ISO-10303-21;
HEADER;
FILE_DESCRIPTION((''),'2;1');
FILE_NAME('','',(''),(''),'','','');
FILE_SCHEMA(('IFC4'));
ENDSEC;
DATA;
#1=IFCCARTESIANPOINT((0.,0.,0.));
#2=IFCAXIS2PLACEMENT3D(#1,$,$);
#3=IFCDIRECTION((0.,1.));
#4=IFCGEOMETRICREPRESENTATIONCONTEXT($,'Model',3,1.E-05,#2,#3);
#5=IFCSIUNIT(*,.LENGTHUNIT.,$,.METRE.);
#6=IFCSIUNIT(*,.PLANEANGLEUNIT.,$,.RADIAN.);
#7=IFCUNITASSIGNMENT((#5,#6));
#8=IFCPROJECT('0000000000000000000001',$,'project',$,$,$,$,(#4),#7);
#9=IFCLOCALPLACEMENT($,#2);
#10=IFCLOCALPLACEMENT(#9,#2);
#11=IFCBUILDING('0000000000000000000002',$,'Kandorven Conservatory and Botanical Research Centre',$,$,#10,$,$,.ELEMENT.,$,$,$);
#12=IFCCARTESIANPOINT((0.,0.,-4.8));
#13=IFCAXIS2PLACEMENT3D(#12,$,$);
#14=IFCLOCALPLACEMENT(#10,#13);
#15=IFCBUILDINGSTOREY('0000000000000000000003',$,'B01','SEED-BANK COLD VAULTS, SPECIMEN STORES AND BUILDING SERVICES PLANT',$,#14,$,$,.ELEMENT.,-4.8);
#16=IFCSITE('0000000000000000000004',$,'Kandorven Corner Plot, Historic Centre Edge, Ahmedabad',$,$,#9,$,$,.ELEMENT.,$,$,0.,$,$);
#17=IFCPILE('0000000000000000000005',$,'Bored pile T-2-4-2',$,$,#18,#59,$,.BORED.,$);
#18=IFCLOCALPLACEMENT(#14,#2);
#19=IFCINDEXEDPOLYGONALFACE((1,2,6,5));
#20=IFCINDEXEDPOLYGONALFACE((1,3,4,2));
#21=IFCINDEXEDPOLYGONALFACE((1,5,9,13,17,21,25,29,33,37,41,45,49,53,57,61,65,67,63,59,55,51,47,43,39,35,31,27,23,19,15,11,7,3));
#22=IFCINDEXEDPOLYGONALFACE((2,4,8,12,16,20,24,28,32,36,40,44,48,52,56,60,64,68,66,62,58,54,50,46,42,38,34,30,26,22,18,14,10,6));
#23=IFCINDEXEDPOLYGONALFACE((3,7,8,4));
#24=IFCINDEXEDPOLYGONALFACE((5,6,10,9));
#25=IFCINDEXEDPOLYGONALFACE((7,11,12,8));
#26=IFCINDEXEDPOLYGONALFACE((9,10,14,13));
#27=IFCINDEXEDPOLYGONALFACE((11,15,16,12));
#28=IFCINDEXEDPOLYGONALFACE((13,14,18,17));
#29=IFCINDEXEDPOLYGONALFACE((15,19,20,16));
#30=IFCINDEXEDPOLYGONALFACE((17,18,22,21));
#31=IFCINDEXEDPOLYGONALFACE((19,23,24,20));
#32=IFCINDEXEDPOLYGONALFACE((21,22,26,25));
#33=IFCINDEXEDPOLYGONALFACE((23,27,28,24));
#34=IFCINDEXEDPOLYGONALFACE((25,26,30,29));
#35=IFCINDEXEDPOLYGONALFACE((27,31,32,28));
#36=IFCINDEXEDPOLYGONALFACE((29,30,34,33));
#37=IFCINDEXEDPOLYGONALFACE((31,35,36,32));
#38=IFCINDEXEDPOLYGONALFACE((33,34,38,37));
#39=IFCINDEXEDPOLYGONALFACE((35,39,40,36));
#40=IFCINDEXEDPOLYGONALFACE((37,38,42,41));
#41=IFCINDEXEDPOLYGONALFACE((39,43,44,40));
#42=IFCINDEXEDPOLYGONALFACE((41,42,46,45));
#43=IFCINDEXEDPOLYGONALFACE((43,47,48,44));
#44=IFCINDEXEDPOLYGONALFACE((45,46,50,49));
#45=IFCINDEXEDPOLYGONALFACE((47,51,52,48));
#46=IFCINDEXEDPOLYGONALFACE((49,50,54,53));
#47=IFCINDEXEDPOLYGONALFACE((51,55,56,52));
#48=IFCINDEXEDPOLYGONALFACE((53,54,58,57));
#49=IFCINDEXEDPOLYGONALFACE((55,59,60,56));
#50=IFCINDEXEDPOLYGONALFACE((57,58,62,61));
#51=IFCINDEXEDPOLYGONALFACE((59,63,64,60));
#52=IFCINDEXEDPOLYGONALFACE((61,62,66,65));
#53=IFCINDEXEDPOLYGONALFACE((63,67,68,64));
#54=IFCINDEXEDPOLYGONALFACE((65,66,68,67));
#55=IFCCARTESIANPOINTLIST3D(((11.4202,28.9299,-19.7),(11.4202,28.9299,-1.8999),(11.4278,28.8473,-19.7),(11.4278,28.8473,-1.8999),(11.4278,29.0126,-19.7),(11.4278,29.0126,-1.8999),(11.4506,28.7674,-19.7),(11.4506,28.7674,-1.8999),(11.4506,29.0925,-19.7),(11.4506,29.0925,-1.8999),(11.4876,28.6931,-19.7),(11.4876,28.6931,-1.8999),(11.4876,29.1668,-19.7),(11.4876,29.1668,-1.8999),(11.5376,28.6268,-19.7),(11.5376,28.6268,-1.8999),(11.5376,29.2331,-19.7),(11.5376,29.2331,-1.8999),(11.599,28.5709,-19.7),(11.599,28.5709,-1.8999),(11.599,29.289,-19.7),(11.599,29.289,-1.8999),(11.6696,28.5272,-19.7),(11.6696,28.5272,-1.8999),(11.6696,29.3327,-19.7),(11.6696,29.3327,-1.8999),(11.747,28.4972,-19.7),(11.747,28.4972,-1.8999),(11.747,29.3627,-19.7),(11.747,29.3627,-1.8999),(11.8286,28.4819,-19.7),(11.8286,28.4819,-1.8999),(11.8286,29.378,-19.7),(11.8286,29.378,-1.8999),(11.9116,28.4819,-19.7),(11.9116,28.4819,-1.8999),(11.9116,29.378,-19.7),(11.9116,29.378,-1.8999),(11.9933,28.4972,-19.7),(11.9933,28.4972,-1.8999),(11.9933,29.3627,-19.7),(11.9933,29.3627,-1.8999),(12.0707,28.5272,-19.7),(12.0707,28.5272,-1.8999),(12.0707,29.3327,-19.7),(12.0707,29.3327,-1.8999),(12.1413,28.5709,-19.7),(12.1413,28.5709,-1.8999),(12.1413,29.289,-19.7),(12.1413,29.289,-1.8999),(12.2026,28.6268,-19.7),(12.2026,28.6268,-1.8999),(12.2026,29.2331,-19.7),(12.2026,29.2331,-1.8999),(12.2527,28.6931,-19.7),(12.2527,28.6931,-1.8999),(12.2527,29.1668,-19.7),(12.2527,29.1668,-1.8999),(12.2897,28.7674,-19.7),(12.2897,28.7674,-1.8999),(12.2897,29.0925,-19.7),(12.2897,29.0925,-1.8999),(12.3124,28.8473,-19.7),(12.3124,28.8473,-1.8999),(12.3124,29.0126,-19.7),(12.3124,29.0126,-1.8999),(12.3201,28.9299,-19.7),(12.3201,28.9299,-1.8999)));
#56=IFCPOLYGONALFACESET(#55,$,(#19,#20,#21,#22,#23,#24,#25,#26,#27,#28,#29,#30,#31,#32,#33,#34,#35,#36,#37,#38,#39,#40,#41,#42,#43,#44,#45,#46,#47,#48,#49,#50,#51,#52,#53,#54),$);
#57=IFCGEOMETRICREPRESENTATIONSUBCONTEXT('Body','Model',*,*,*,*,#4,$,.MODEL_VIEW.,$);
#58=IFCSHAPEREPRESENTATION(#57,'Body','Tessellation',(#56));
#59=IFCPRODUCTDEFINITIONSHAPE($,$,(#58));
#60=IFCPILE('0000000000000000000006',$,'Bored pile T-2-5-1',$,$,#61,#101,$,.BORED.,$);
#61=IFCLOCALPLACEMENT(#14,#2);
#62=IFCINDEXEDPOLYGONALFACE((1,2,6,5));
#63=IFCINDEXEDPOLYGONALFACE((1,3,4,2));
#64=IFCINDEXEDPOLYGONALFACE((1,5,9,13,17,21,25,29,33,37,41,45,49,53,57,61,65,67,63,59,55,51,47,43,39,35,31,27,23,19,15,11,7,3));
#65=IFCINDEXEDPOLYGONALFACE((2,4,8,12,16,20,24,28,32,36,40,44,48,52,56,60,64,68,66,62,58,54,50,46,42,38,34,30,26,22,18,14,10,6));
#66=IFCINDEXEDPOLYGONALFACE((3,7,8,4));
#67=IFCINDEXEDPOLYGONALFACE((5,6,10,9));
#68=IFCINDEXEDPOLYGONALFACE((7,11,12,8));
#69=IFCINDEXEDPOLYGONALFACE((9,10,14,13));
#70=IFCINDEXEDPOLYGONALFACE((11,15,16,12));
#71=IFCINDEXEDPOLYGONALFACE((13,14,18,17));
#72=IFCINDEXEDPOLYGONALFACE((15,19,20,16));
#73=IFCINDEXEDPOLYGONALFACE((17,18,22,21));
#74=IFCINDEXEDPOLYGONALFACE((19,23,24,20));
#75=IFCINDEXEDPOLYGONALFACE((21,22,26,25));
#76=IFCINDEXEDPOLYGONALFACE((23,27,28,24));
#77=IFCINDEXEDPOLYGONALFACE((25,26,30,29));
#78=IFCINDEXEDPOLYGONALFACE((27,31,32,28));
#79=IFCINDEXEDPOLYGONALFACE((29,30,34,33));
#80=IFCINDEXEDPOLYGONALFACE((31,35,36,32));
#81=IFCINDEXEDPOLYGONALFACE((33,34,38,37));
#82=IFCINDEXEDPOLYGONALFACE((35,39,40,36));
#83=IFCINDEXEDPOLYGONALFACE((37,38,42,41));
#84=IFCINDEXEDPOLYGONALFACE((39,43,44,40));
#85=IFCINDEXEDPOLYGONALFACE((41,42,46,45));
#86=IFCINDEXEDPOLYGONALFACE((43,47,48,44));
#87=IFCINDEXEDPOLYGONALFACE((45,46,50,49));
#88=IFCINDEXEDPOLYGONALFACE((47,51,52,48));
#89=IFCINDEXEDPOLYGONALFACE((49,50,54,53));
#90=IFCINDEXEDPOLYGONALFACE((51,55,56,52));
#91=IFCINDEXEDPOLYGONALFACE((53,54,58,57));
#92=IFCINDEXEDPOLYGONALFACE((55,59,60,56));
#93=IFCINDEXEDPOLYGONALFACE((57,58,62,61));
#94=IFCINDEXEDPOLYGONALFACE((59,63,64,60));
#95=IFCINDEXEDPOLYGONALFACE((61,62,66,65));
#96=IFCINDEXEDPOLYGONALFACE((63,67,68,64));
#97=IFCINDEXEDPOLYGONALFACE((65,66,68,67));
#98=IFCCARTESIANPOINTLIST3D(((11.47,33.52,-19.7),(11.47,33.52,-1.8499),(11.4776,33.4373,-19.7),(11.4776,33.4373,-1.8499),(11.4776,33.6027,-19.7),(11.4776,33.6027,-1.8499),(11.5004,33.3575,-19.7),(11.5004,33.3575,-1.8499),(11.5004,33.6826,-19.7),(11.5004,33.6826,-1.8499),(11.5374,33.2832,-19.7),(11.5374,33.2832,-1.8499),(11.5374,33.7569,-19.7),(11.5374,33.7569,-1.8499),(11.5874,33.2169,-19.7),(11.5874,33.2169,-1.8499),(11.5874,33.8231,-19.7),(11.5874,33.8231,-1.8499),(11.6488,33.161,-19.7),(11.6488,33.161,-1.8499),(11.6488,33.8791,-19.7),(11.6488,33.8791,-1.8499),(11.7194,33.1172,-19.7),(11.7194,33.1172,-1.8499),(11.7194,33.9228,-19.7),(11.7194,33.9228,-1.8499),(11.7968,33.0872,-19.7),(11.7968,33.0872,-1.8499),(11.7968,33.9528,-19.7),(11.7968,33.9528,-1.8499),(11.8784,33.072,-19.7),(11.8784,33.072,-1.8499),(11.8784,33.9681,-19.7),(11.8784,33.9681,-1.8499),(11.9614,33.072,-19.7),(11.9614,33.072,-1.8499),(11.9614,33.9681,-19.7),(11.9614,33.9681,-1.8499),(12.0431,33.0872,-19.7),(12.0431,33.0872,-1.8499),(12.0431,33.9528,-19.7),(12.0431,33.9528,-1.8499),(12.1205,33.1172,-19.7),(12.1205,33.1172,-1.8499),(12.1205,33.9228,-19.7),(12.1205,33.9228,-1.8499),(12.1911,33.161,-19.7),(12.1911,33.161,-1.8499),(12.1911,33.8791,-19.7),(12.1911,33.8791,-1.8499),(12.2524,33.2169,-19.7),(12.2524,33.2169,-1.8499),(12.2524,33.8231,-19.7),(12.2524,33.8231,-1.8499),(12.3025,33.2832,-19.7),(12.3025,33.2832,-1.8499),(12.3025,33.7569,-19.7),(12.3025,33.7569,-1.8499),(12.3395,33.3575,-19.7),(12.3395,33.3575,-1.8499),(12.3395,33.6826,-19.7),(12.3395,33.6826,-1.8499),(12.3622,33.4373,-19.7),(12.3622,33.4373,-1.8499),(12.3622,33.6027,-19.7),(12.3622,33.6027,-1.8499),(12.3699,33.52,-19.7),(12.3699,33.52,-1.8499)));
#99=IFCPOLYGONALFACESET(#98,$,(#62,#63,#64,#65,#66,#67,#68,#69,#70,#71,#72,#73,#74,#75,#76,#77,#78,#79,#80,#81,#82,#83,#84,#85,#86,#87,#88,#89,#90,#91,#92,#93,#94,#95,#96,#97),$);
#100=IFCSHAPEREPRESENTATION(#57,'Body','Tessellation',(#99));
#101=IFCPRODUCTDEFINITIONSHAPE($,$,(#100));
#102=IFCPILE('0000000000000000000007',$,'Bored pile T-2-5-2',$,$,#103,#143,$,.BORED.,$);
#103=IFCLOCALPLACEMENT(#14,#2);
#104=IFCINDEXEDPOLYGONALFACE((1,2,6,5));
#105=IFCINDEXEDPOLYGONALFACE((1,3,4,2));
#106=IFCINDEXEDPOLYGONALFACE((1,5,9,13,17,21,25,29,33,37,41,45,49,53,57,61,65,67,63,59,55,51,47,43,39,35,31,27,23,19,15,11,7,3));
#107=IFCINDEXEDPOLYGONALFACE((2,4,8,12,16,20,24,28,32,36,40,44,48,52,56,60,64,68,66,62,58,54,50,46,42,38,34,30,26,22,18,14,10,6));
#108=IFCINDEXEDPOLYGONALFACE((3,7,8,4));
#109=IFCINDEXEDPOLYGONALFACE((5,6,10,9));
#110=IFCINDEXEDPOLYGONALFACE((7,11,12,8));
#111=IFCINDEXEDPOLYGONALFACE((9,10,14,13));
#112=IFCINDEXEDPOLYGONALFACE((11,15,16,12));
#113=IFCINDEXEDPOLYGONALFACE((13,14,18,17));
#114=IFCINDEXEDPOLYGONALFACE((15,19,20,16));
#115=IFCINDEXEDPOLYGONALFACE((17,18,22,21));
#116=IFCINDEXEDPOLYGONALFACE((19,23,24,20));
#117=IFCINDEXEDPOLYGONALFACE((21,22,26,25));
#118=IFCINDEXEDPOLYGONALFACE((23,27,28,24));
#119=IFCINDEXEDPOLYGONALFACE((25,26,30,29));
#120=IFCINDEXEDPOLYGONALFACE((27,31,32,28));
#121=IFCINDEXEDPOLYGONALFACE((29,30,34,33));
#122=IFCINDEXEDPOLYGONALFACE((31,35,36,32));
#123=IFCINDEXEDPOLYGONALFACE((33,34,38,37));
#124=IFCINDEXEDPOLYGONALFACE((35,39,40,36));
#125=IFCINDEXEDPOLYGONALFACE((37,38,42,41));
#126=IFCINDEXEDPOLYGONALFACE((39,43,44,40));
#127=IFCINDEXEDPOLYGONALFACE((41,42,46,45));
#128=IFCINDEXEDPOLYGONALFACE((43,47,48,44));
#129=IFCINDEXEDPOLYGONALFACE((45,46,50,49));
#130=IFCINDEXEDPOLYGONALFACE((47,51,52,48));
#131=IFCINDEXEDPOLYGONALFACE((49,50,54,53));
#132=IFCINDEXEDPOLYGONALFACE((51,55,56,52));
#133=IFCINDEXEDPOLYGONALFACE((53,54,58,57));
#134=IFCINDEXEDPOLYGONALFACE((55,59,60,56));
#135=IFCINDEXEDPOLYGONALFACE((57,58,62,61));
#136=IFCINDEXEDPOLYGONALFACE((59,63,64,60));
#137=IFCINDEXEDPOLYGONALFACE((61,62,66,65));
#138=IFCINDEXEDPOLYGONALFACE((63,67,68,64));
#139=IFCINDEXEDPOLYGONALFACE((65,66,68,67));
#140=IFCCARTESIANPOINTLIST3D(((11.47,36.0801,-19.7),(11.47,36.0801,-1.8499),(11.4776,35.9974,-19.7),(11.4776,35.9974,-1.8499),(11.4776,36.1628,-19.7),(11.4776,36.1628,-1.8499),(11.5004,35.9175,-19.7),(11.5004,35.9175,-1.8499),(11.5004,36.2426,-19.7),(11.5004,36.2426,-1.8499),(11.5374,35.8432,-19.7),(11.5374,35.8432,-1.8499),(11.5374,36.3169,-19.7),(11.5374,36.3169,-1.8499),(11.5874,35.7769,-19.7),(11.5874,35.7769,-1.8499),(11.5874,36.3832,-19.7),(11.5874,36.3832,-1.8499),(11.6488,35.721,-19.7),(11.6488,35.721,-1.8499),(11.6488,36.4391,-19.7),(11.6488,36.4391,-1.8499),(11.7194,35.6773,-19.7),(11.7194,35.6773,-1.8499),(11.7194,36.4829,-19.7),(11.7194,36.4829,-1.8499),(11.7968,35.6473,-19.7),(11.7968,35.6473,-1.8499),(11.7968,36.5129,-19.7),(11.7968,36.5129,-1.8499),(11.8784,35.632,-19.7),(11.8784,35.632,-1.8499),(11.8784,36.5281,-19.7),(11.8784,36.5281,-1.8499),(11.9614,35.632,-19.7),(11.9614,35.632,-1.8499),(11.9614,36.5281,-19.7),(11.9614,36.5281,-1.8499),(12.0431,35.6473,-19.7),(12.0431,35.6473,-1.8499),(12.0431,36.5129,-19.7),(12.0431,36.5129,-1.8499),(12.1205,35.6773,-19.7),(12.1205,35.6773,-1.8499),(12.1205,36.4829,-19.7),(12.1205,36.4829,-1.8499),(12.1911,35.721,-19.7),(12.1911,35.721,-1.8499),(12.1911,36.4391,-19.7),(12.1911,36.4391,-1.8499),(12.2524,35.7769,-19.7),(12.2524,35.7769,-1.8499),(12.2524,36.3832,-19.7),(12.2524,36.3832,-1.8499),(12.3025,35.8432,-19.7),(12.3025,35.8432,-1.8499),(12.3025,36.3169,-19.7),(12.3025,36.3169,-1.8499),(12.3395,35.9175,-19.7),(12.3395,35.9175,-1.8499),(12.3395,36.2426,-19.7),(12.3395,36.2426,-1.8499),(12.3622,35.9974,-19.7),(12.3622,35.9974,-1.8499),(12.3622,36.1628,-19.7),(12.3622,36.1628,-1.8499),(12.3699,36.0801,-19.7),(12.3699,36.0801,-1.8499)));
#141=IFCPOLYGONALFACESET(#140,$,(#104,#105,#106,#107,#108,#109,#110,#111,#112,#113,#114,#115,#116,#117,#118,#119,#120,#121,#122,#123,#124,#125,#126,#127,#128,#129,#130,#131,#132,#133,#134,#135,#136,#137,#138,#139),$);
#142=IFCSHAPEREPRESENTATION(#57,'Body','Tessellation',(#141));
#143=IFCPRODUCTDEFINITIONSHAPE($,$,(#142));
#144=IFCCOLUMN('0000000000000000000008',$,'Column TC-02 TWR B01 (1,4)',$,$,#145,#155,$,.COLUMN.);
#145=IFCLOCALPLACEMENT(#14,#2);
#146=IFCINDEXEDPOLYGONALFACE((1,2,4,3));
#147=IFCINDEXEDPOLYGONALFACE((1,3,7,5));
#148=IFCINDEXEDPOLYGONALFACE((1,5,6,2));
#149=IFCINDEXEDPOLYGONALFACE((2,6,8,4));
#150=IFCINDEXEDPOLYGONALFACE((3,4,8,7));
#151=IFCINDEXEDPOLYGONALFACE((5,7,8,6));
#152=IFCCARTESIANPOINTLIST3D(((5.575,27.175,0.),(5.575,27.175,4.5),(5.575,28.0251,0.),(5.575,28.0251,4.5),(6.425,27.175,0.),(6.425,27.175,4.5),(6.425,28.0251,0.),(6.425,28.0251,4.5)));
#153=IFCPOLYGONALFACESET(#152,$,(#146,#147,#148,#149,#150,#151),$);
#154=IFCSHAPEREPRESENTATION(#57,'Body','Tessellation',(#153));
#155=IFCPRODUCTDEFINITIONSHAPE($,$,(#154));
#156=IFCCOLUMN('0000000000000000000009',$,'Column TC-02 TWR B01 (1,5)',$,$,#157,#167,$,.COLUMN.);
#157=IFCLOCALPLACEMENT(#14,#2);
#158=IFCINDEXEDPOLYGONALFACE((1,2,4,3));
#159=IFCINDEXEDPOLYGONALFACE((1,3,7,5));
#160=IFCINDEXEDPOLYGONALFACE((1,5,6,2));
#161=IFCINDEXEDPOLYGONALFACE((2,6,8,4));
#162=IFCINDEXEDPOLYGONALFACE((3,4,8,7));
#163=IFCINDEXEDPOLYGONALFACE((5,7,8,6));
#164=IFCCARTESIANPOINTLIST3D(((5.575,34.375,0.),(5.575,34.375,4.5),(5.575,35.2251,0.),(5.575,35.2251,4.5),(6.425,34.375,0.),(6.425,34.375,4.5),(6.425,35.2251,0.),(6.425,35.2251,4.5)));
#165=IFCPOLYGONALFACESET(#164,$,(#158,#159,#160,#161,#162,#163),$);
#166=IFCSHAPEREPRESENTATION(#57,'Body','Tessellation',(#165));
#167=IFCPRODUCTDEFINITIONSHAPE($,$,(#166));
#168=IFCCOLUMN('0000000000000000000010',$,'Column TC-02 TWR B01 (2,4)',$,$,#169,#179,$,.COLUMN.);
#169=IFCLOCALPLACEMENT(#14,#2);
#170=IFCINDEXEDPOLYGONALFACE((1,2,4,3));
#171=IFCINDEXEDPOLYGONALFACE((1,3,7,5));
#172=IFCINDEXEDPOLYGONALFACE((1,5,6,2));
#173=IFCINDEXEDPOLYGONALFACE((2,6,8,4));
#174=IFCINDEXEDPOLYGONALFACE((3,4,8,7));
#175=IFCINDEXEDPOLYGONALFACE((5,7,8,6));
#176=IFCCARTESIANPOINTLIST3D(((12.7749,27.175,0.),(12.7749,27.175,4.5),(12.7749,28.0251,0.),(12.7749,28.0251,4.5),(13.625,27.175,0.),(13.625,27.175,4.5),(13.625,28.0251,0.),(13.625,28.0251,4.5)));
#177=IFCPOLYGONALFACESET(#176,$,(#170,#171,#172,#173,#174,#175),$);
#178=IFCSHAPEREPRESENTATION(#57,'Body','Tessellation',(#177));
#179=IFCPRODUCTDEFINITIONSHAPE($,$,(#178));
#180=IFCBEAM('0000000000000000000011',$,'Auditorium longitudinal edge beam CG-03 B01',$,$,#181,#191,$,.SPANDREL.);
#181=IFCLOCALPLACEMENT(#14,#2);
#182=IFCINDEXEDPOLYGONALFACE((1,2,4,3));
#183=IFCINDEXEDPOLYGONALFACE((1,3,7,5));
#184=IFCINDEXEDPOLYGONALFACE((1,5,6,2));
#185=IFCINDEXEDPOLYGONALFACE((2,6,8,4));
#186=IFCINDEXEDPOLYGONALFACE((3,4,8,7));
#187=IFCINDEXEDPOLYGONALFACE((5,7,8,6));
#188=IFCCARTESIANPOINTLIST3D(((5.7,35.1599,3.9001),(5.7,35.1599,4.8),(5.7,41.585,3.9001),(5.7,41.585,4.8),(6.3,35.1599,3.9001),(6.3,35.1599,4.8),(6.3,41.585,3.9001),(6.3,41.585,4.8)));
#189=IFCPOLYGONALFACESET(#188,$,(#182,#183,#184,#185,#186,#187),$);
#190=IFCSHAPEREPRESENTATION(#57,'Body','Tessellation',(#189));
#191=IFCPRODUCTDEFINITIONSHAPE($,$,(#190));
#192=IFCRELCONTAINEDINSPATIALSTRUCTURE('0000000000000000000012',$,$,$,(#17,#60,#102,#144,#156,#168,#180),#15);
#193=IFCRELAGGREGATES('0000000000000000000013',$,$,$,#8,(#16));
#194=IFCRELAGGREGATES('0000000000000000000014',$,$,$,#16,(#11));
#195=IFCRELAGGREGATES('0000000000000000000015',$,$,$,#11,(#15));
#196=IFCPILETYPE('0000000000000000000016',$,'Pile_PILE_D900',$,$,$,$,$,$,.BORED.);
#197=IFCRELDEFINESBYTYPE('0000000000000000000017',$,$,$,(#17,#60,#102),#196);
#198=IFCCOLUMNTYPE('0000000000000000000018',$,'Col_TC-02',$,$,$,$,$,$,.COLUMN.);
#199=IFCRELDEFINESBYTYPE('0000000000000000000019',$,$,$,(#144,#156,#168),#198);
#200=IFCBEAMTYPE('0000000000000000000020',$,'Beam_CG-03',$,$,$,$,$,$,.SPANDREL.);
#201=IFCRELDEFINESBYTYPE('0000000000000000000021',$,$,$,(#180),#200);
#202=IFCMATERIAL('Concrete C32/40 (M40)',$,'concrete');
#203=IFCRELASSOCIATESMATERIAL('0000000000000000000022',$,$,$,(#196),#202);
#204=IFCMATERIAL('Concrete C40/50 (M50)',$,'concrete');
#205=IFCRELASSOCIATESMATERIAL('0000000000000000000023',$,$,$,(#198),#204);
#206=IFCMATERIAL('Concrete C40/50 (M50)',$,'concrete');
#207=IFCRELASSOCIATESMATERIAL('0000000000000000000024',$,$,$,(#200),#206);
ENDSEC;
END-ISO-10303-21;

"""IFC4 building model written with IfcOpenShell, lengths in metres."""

from ifc_helpers import new_model, si_unit, direction, frame, origin, origin_2d, place, context, subcontext, project, spatial, rectangle, circle, extrude, material, material_profile, profile_set, type_object, element, save


model = new_model("IFC4")

# Units and contexts
model_context = context("Model", 3, precision=1e-05, world=origin(), true_north=direction((0.0, 1.0)))
body_context = subcontext(model_context, "Body", "Model", "MODEL_VIEW")
ifc_project = project(units=[si_unit("LENGTHUNIT", "METRE"), si_unit("PLANEANGLEUNIT", "RADIAN")], contexts=[model_context])

# Site, building, storey
site_placement = place(None, origin())
site = spatial("IfcSite", under=ifc_project, at=site_placement, Name="Kandorven Corner Plot, Historic Centre Edge, Ahmedabad", CompositionType="ELEMENT", RefElevation=0.0)
building_placement = place(site_placement, origin())
building = spatial("IfcBuilding", under=site, at=building_placement, Name="Kandorven Conservatory and Botanical Research Centre", CompositionType="ELEMENT")
storey_placement = place(building_placement, frame((0.0, 0.0, -4.8)))
storey = spatial("IfcBuildingStorey", under=building, at=storey_placement, Name="B01", Description="SEED-BANK COLD VAULTS, SPECIMEN STORES AND BUILDING SERVICES PLANT", CompositionType="ELEMENT", Elevation=-4.8)

# Piles
ifc_material_1 = material(Name="Concrete C32/40 (M40)", Category="concrete")
ifc_material_profile_1 = material_profile(ifc_material_1, circle(Radius=0.45, at=origin_2d()))
ifc_profile_set_1 = profile_set([ifc_material_profile_1], Name="Concrete C32/40 (M40)")
pile_type = type_object("IfcPileType", Name="Pile_PILE_D900", PredefinedType="BORED", material=ifc_profile_set_1)
for number, where, z_axis, x_axis, name in (
    (1, (11.8701, 28.9299, -1.8999), (0.0, 0.0, -1.0), (1.0, 0.0, 0.0), "Bored pile T-2-4-2"),
):
    element("IfcPile", number, at=place(storey_placement, frame(where, z_axis=z_axis, x_axis=x_axis)), inside=storey, type_object=pile_type, Name=name, PredefinedType="BORED", context=body_context, shape_type="SweptSolid", body=[
        extrude(circle(Radius=0.45, at=origin_2d()), origin(), (0.0, 0.0, 1.0), 17.8),
    ])
for number, where, z_axis, x_axis, name in (
    (2, (11.9199, 33.52, -1.8499), (0.0, 0.0, -1.0), (1.0, 0.0, 0.0), "Bored pile T-2-5-1"),
    (3, (11.9199, 36.0801, -1.8499), (0.0, 0.0, -1.0), (1.0, 0.0, 0.0), "Bored pile T-2-5-2"),
):
    element("IfcPile", number, at=place(storey_placement, frame(where, z_axis=z_axis, x_axis=x_axis)), inside=storey, type_object=pile_type, Name=name, PredefinedType="BORED", context=body_context, shape_type="SweptSolid", body=[
        extrude(circle(Radius=0.45, at=origin_2d()), origin(), (0.0, 0.0, 1.0), 17.8501),
    ])

# Columns
ifc_material_2 = material(Name="Concrete C40/50 (M50)", Category="concrete")
ifc_material_profile_2 = material_profile(ifc_material_2, rectangle(XDim=0.8501, YDim=0.8501, at=origin_2d()))
ifc_profile_set_2 = profile_set([ifc_material_profile_2], Name="Concrete C40/50 (M50)")
column_type = type_object("IfcColumnType", Name="Col_TC-02", PredefinedType="COLUMN", material=ifc_profile_set_2)
for number, where, z_axis, x_axis, name in (
    (4, (6.0, 27.6001, 0.0), (0.0, 0.0, 1.0), (1.0, 0.0, 0.0), "Column TC-02 TWR B01 (1,4)"),
    (5, (6.0, 34.8, 0.0), (0.0, 0.0, 1.0), (1.0, 0.0, 0.0), "Column TC-02 TWR B01 (1,5)"),
    (6, (13.2, 27.6001, 0.0), (0.0, 0.0, 1.0), (1.0, 0.0, 0.0), "Column TC-02 TWR B01 (2,4)"),
):
    element("IfcColumn", number, at=place(storey_placement, frame(where, z_axis=z_axis, x_axis=x_axis)), inside=storey, type_object=column_type, Name=name, PredefinedType="COLUMN", context=body_context, shape_type="SweptSolid", body=[
        extrude(rectangle(XDim=0.8501, YDim=0.8501, at=origin_2d()), origin(), (0.0, 0.0, 1.0), 4.5),
    ])

# Beam
ifc_material_3 = material(Name="Concrete C40/50 (M50)", Category="concrete")
ifc_material_profile_3 = material_profile(ifc_material_3, rectangle(XDim=0.6001, YDim=0.8999, at=origin_2d()))
ifc_profile_set_3 = profile_set([ifc_material_profile_3], Name="Concrete C40/50 (M50)")
beam_type_1 = type_object("IfcBeamType", Name="Beam_CG-03", PredefinedType="SPANDREL", material=ifc_profile_set_3)
beam_placement = place(storey_placement, frame((6.0, 35.1599, 4.3501), z_axis=(0.0, 1.0, 0.0), x_axis=(-1.0, 0.0, 0.0)))
element("IfcBeam", 7, at=beam_placement, inside=storey, type_object=beam_type_1, Name="Auditorium longitudinal edge beam CG-03 B01", PredefinedType="SPANDREL", context=body_context, shape_type="SweptSolid", body=[
    extrude(rectangle(XDim=0.6001, YDim=0.8999, at=origin_2d()), origin(), (0.0, 0.0, 1.0), 6.425),
])

save(model, "model.ifc")
